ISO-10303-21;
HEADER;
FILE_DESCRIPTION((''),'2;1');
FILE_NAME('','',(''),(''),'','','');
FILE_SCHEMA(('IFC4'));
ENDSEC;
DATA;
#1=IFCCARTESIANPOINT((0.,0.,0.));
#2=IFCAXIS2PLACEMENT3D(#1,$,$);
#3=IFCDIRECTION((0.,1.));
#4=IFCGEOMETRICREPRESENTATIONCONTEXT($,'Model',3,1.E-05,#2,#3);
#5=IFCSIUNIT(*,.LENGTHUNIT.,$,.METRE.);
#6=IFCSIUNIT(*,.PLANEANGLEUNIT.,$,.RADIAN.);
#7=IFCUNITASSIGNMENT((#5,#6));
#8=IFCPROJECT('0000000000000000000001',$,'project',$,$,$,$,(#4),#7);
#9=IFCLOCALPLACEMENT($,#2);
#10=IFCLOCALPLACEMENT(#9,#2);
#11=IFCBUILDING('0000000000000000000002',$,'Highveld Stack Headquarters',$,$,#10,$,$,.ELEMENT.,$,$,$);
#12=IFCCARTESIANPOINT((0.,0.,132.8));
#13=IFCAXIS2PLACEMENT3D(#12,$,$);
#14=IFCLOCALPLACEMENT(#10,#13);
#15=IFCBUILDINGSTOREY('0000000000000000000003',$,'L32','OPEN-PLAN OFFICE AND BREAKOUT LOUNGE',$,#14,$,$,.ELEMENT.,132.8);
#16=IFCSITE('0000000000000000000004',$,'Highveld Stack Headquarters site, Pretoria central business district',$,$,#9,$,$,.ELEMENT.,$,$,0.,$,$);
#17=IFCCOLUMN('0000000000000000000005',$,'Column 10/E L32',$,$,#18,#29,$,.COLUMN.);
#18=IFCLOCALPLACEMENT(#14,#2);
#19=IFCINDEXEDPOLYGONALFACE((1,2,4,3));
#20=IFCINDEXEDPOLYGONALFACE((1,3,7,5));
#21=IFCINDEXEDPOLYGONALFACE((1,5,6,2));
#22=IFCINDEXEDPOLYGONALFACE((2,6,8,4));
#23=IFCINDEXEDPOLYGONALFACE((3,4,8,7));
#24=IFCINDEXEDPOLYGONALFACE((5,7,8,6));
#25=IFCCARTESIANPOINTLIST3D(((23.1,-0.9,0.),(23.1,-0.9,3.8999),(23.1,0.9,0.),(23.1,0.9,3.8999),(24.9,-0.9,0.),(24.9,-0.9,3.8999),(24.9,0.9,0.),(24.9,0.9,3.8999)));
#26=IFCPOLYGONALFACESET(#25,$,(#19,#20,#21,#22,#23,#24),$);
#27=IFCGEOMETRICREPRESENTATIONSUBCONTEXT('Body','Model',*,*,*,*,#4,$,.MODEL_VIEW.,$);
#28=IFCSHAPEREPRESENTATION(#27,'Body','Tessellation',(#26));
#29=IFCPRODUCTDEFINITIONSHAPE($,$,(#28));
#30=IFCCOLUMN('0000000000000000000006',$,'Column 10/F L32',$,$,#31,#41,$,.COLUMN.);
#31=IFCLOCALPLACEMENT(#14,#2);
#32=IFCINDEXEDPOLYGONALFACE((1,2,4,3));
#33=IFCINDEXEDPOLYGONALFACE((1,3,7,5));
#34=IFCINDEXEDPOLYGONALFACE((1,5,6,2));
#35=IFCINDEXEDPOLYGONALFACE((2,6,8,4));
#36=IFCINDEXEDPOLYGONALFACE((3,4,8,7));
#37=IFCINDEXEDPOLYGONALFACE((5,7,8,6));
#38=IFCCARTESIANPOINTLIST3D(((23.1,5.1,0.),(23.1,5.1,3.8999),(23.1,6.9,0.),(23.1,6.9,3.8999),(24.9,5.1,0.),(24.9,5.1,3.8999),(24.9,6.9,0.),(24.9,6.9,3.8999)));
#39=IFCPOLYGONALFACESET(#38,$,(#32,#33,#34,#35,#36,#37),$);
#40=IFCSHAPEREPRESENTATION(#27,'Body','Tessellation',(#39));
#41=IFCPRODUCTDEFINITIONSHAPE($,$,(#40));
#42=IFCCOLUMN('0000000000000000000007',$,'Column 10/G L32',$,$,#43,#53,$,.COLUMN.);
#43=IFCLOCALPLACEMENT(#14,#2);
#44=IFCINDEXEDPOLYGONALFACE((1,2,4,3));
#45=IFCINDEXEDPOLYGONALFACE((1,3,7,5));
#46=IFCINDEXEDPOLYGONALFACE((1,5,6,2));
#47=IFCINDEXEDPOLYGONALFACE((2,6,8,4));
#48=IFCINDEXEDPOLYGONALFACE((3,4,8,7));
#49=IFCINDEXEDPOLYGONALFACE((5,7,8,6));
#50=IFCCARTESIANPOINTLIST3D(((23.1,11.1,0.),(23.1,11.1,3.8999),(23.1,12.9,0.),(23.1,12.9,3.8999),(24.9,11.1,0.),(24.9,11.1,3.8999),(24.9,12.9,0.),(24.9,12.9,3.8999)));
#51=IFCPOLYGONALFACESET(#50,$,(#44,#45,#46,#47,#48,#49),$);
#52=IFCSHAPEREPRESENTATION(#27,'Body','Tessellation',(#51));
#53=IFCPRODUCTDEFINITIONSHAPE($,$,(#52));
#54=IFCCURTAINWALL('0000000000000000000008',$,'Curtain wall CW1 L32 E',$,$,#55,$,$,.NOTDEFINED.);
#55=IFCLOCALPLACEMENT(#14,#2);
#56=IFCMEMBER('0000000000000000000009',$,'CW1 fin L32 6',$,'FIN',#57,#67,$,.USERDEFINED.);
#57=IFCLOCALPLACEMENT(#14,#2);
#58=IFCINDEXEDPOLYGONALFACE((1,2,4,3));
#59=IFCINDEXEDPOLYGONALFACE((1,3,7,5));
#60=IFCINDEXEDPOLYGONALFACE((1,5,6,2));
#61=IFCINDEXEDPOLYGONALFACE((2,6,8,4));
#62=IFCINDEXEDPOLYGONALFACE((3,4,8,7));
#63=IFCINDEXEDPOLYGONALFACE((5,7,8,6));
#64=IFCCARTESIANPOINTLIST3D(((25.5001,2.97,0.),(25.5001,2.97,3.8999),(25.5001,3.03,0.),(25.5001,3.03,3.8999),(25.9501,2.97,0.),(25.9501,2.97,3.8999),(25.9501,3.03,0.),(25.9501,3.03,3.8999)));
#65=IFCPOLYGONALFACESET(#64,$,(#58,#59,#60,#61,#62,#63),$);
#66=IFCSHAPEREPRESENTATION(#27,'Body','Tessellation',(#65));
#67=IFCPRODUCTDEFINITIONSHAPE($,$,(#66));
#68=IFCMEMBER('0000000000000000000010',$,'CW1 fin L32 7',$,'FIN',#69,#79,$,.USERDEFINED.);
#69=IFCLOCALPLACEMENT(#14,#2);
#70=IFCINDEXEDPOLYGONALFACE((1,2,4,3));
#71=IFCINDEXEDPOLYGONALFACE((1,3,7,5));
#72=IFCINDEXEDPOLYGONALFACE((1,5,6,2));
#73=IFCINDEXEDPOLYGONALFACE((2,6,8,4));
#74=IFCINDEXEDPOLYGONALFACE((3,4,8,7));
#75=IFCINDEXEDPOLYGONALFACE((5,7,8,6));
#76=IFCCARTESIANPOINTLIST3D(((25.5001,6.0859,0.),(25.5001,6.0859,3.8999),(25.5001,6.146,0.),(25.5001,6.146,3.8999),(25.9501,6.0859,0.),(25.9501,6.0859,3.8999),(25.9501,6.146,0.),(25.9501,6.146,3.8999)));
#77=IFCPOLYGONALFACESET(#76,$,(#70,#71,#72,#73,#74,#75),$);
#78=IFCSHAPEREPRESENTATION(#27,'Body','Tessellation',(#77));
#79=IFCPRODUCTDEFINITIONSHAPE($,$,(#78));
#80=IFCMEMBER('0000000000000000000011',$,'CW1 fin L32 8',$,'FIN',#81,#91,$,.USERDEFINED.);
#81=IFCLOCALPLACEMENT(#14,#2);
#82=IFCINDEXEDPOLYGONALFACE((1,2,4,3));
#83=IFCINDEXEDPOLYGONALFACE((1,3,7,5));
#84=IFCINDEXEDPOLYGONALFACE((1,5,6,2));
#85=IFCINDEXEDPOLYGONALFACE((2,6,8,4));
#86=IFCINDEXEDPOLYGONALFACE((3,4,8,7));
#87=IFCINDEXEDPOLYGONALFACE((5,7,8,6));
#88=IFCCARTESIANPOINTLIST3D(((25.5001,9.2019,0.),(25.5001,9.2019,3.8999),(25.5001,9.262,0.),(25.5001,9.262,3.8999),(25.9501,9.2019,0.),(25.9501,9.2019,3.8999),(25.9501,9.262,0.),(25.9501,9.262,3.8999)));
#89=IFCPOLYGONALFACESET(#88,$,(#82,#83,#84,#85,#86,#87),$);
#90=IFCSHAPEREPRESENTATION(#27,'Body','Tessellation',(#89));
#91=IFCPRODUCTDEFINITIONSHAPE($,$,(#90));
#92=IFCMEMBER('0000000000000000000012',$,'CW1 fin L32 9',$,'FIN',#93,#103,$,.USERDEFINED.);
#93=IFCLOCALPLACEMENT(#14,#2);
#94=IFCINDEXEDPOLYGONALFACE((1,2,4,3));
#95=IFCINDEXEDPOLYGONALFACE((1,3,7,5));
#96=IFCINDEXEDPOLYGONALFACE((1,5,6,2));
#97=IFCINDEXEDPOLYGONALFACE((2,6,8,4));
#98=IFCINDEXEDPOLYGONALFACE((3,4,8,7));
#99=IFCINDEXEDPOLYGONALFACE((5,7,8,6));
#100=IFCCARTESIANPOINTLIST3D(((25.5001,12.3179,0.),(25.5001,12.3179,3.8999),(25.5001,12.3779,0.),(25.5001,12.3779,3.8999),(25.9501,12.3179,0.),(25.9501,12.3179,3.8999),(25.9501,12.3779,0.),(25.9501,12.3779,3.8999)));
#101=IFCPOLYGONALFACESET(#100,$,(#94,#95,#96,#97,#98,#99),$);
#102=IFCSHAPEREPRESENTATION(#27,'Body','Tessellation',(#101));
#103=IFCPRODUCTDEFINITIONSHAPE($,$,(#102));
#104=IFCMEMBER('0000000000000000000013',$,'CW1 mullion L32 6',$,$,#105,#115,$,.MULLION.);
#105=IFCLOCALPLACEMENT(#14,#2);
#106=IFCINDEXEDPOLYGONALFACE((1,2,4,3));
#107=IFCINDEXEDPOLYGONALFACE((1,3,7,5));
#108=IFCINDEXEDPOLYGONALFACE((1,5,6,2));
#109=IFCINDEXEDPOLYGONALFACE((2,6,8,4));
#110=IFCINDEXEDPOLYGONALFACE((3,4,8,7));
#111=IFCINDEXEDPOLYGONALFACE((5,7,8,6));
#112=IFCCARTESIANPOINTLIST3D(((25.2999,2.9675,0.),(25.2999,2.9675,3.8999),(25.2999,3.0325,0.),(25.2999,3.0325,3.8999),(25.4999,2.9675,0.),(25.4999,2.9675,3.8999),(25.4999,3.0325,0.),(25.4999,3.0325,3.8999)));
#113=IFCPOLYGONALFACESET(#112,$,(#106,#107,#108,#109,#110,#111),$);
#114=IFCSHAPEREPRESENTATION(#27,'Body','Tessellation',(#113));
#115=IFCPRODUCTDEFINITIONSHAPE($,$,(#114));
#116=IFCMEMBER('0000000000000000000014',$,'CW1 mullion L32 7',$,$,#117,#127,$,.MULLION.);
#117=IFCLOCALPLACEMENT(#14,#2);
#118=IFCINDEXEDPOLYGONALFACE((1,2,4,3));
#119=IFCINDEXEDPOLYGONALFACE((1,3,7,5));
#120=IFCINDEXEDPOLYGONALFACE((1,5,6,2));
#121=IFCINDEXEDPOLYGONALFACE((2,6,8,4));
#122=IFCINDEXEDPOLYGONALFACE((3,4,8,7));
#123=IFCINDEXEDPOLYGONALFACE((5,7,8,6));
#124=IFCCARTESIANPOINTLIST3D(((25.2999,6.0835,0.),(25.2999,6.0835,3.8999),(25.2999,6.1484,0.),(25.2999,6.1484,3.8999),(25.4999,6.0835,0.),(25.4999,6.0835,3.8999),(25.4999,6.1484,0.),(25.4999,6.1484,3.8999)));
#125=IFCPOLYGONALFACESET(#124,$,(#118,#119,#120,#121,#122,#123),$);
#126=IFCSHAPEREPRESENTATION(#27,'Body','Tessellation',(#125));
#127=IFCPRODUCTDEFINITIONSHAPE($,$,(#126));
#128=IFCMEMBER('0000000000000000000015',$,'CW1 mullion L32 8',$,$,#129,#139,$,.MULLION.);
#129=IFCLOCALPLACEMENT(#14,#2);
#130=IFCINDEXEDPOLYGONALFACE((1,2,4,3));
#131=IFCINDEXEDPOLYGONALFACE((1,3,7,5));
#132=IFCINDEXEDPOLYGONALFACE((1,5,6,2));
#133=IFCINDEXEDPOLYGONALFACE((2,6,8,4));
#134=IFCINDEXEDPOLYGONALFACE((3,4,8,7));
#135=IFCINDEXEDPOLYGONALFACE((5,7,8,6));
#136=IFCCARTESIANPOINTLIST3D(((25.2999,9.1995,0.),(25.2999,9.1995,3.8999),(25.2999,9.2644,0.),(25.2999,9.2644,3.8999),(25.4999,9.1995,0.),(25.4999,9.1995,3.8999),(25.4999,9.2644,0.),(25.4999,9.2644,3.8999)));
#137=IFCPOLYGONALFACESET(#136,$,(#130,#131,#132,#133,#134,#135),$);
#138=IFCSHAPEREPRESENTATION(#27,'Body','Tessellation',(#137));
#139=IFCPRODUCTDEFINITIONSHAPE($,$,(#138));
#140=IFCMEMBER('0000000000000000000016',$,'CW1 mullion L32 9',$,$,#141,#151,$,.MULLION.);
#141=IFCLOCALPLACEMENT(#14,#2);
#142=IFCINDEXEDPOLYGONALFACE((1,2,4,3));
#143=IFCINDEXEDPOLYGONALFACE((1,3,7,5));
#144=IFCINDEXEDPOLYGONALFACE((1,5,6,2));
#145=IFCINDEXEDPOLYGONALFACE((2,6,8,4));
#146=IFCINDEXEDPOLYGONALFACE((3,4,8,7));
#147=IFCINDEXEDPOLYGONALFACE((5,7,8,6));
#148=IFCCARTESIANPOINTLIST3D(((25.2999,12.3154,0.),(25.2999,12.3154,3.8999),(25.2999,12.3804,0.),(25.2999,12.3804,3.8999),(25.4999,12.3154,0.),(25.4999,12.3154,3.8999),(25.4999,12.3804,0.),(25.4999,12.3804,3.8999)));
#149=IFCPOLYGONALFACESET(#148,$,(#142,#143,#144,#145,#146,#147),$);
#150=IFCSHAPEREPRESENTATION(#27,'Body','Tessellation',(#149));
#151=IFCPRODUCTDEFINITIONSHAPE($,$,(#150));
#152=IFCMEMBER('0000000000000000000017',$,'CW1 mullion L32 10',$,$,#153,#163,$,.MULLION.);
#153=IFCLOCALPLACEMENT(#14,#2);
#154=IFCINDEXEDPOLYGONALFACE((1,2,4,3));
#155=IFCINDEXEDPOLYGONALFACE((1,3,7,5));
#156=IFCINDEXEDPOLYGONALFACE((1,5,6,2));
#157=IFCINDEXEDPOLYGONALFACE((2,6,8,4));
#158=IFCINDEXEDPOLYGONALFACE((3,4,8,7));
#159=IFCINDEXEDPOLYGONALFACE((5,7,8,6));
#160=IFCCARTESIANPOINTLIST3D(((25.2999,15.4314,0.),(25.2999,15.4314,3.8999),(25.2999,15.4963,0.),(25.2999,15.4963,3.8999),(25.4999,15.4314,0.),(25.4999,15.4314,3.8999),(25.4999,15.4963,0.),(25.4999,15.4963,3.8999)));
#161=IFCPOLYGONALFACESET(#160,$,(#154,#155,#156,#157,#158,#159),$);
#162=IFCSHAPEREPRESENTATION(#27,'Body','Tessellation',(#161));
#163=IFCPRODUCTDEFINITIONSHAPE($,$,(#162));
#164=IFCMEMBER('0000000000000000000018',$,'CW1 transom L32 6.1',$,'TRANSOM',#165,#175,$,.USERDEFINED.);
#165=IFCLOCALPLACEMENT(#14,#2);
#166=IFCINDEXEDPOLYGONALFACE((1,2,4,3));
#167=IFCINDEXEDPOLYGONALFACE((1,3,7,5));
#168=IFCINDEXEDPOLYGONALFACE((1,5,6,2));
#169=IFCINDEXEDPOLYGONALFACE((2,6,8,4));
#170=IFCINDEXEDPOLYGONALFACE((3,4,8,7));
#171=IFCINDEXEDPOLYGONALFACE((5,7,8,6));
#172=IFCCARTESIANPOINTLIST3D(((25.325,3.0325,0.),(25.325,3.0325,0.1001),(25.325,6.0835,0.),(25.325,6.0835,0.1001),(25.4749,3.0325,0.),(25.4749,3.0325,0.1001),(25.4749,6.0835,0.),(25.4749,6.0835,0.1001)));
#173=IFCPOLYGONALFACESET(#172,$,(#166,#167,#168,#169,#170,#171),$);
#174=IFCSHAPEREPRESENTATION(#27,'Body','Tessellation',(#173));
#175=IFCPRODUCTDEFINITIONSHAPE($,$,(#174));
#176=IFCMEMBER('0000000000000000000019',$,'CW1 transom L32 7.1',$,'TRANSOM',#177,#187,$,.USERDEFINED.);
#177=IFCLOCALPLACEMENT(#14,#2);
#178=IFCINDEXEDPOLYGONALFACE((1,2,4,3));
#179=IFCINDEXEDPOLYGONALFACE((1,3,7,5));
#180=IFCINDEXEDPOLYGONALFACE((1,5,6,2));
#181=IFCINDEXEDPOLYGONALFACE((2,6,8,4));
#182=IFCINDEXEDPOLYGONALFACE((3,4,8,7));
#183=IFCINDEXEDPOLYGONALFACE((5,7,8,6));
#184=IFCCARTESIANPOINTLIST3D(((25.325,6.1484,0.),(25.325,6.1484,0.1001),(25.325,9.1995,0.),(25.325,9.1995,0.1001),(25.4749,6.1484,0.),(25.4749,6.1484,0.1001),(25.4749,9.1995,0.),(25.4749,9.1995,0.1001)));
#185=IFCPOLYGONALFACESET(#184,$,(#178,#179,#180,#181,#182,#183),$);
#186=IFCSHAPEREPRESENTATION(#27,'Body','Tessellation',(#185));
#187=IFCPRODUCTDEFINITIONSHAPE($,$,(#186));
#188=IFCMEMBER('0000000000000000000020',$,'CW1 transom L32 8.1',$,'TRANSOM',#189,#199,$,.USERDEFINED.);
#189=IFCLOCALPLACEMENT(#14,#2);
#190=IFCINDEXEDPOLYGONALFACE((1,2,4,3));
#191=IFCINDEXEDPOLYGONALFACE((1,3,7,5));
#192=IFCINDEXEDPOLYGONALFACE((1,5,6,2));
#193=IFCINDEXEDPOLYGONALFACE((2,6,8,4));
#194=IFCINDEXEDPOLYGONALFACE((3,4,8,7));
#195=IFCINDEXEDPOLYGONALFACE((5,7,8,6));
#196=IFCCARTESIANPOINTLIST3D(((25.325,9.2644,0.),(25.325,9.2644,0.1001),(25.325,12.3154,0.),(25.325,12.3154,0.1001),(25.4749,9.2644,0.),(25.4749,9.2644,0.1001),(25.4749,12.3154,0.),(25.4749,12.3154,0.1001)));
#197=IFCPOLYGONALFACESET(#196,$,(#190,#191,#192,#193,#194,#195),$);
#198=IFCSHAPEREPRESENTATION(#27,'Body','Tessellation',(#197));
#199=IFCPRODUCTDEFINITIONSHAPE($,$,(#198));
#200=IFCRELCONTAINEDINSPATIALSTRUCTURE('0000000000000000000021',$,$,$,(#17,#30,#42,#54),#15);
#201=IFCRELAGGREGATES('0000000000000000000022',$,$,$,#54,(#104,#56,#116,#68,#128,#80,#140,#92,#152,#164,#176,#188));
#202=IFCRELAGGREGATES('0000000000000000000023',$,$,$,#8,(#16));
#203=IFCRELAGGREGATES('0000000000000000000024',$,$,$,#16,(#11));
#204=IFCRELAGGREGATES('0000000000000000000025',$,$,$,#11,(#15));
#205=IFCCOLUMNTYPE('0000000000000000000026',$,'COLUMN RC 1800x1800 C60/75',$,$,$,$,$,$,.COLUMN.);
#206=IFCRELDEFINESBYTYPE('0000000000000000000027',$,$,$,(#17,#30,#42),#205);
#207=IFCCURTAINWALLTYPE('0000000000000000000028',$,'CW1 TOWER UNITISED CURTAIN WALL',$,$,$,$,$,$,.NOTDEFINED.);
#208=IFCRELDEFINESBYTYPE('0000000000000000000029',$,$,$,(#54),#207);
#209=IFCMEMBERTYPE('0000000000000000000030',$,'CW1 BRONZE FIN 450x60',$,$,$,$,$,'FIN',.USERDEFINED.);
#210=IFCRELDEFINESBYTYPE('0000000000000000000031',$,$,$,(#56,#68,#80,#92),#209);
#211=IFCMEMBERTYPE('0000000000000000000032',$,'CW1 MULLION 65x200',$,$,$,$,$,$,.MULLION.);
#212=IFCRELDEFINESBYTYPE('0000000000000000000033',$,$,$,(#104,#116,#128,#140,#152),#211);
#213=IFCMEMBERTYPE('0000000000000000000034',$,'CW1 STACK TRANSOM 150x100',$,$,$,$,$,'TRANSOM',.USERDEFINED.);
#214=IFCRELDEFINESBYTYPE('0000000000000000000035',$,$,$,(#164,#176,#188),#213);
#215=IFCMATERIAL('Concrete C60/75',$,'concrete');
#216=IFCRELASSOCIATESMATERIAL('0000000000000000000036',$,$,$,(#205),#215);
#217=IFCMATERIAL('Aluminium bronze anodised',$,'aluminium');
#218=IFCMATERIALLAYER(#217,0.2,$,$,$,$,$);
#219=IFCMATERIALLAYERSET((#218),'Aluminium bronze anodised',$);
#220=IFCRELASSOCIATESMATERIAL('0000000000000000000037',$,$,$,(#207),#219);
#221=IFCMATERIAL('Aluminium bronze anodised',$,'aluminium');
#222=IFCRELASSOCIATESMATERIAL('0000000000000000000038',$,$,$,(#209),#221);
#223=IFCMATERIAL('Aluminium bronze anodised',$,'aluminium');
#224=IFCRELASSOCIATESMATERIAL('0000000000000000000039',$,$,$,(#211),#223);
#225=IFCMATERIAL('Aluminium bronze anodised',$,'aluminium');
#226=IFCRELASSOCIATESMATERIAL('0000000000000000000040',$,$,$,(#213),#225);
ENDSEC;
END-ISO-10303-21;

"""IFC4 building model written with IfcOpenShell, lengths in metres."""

from ifc_helpers import new_model, si_unit, direction, frame, origin, origin_2d, place, context, subcontext, project, spatial, rectangle, extrude, material, layer, layer_set, material_profile, profile_set, type_object, element, aggregate, save


model = new_model("IFC4")

# Units and contexts
model_context = context("Model", 3, precision=1e-05, world=origin(), true_north=direction((0.0, 1.0)))
body_context = subcontext(model_context, "Body", "Model", "MODEL_VIEW")
ifc_project = project(units=[si_unit("LENGTHUNIT", "METRE"), si_unit("PLANEANGLEUNIT", "RADIAN")], contexts=[model_context])

# Site, building, storey
site_placement = place(None, origin())
site = spatial("IfcSite", under=ifc_project, at=site_placement, Name="Highveld Stack Headquarters site, Pretoria central business district", CompositionType="ELEMENT", RefElevation=0.0)
building_placement = place(site_placement, origin())
building = spatial("IfcBuilding", under=site, at=building_placement, Name="Highveld Stack Headquarters", CompositionType="ELEMENT")
storey_placement = place(building_placement, frame((0.0, 0.0, 132.8)))
storey = spatial("IfcBuildingStorey", under=building, at=storey_placement, Name="L32", Description="OPEN-PLAN OFFICE AND BREAKOUT LOUNGE", CompositionType="ELEMENT", Elevation=132.8)

# Columns
ifc_material_1 = material(Name="Concrete C60/75", Category="concrete")
ifc_material_profile_1 = material_profile(ifc_material_1, rectangle(XDim=1.8, YDim=1.8, at=origin_2d()), Name="RC 1800x1800")
ifc_profile_set_1 = profile_set([ifc_material_profile_1], Name="Concrete C60/75")
column_type = type_object("IfcColumnType", Name="COLUMN RC 1800x1800 C60/75", PredefinedType="COLUMN", material=ifc_profile_set_1)
for number, where, z_axis, x_axis, name in (
    (1, (24.0, 0.0, 0.0), (0.0, 0.0, 1.0), (1.0, 0.0, 0.0), "Column 10/E L32"),
    (2, (24.0, 6.0, 0.0), (0.0, 0.0, 1.0), (1.0, 0.0, 0.0), "Column 10/F L32"),
    (3, (24.0, 12.0, 0.0), (0.0, 0.0, 1.0), (1.0, 0.0, 0.0), "Column 10/G L32"),
):
    element("IfcColumn", number, at=place(storey_placement, frame(where, z_axis=z_axis, x_axis=x_axis)), inside=storey, type_object=column_type, Name=name, PredefinedType="COLUMN", context=body_context, shape_type="SweptSolid", body=[
        extrude(rectangle(XDim=1.8, YDim=1.8, at=origin_2d()), origin(), (0.0, 0.0, 1.0), 3.8999),
    ])

# Curtain wall, members
ifc_material_2 = material(Name="Aluminium bronze anodised", Category="aluminium")
ifc_layer_1 = layer(ifc_material_2, 0.2)
ifc_layer_set_1 = layer_set([ifc_layer_1], Name="Aluminium bronze anodised")
curtain_wall_type = type_object("IfcCurtainWallType", Name="CW1 TOWER UNITISED CURTAIN WALL", PredefinedType="NOTDEFINED", material=ifc_layer_set_1)
curtain_wall_placement = place(storey_placement, origin())
curtain_wall = element("IfcCurtainWall", 4, at=curtain_wall_placement, inside=storey, type_object=curtain_wall_type, Name="Curtain wall CW1 L32 E", PredefinedType="NOTDEFINED")
ifc_material_3 = material(Name="Aluminium bronze anodised", Category="aluminium")
ifc_material_profile_2 = material_profile(ifc_material_3, rectangle(XDim=0.45, YDim=0.0601, at=origin_2d()), Name="FIN 450x60")
ifc_profile_set_2 = profile_set([ifc_material_profile_2], Name="Aluminium bronze anodised")
member_type_1 = type_object("IfcMemberType", Name="CW1 BRONZE FIN 450x60", ElementType="FIN", PredefinedType="USERDEFINED", material=ifc_profile_set_2)
member_1_placement = place(storey_placement, frame((25.7251, 3.0, 0.0), z_axis=(0.0, 0.0, 1.0), x_axis=(-1.0, 0.0, 0.0)))
member_1 = element("IfcMember", 5, at=member_1_placement, type_object=member_type_1, Name="CW1 fin L32 6", ObjectType="FIN", PredefinedType="USERDEFINED", context=body_context, shape_type="SweptSolid", body=[
    extrude(rectangle(XDim=0.45, YDim=0.0601, at=origin_2d()), origin(), (0.0, 0.0, 1.0), 3.8999),
])
member_2_placement = place(storey_placement, frame((25.7251, 6.116, 0.0), z_axis=(0.0, 0.0, 1.0), x_axis=(-1.0, 0.0, 0.0)))
member_2 = element("IfcMember", 6, at=member_2_placement, type_object=member_type_1, Name="CW1 fin L32 7", ObjectType="FIN", PredefinedType="USERDEFINED", context=body_context, shape_type="SweptSolid", body=[
    extrude(rectangle(XDim=0.45, YDim=0.0601, at=origin_2d()), origin(), (0.0, 0.0, 1.0), 3.8999),
])
member_3_placement = place(storey_placement, frame((25.7251, 9.2319, 0.0), z_axis=(0.0, 0.0, 1.0), x_axis=(-1.0, 0.0, 0.0)))
member_3 = element("IfcMember", 7, at=member_3_placement, type_object=member_type_1, Name="CW1 fin L32 8", ObjectType="FIN", PredefinedType="USERDEFINED", context=body_context, shape_type="SweptSolid", body=[
    extrude(rectangle(XDim=0.45, YDim=0.0601, at=origin_2d()), origin(), (0.0, 0.0, 1.0), 3.8999),
])
member_4_placement = place(storey_placement, frame((25.7251, 12.3479, 0.0), z_axis=(0.0, 0.0, 1.0), x_axis=(-1.0, 0.0, 0.0)))
member_4 = element("IfcMember", 8, at=member_4_placement, type_object=member_type_1, Name="CW1 fin L32 9", ObjectType="FIN", PredefinedType="USERDEFINED", context=body_context, shape_type="SweptSolid", body=[
    extrude(rectangle(XDim=0.45, YDim=0.0601, at=origin_2d()), origin(), (0.0, 0.0, 1.0), 3.8999),
])
ifc_material_4 = material(Name="Aluminium bronze anodised", Category="aluminium")
ifc_material_profile_3 = material_profile(ifc_material_4, rectangle(XDim=0.2, YDim=0.0649, at=origin_2d()), Name="CW1 MULLION 65x200")
ifc_profile_set_3 = profile_set([ifc_material_profile_3], Name="Aluminium bronze anodised")
member_type_2 = type_object("IfcMemberType", Name="CW1 MULLION 65x200", PredefinedType="MULLION", material=ifc_profile_set_3)
member_5_placement = place(storey_placement, frame((25.3999, 3.0, 0.0), z_axis=(0.0, 0.0, 1.0), x_axis=(-1.0, 0.0, 0.0)))
member_5 = element("IfcMember", 9, at=member_5_placement, type_object=member_type_2, Name="CW1 mullion L32 6", PredefinedType="MULLION", context=body_context, shape_type="SweptSolid", body=[
    extrude(rectangle(XDim=0.2, YDim=0.0649, at=origin_2d()), origin(), (0.0, 0.0, 1.0), 3.8999),
])
member_6_placement = place(storey_placement, frame((25.3999, 6.116, 0.0), z_axis=(0.0, 0.0, 1.0), x_axis=(-1.0, 0.0, 0.0)))
member_6 = element("IfcMember", 10, at=member_6_placement, type_object=member_type_2, Name="CW1 mullion L32 7", PredefinedType="MULLION", context=body_context, shape_type="SweptSolid", body=[
    extrude(rectangle(XDim=0.2, YDim=0.0649, at=origin_2d()), origin(), (0.0, 0.0, 1.0), 3.8999),
])
member_7_placement = place(storey_placement, frame((25.3999, 9.2319, 0.0), z_axis=(0.0, 0.0, 1.0), x_axis=(-1.0, 0.0, 0.0)))
member_7 = element("IfcMember", 11, at=member_7_placement, type_object=member_type_2, Name="CW1 mullion L32 8", PredefinedType="MULLION", context=body_context, shape_type="SweptSolid", body=[
    extrude(rectangle(XDim=0.2, YDim=0.0649, at=origin_2d()), origin(), (0.0, 0.0, 1.0), 3.8999),
])
member_8_placement = place(storey_placement, frame((25.3999, 12.3479, 0.0), z_axis=(0.0, 0.0, 1.0), x_axis=(-1.0, 0.0, 0.0)))
member_8 = element("IfcMember", 12, at=member_8_placement, type_object=member_type_2, Name="CW1 mullion L32 9", PredefinedType="MULLION", context=body_context, shape_type="SweptSolid", body=[
    extrude(rectangle(XDim=0.2, YDim=0.0649, at=origin_2d()), origin(), (0.0, 0.0, 1.0), 3.8999),
])
member_9_placement = place(storey_placement, frame((25.3999, 15.4639, 0.0), z_axis=(0.0, 0.0, 1.0), x_axis=(-1.0, 0.0, 0.0)))
member_9 = element("IfcMember", 13, at=member_9_placement, type_object=member_type_2, Name="CW1 mullion L32 10", PredefinedType="MULLION", context=body_context, shape_type="SweptSolid", body=[
    extrude(rectangle(XDim=0.2, YDim=0.0649, at=origin_2d()), origin(), (0.0, 0.0, 1.0), 3.8999),
])
ifc_material_5 = material(Name="Aluminium bronze anodised", Category="aluminium")
ifc_material_profile_4 = material_profile(ifc_material_5, rectangle(XDim=0.1499, YDim=0.1001, at=origin_2d()), Name="CW1 TRANSOM 150x100")
ifc_profile_set_4 = profile_set([ifc_material_profile_4], Name="Aluminium bronze anodised")
member_type_3 = type_object("IfcMemberType", Name="CW1 STACK TRANSOM 150x100", ElementType="TRANSOM", PredefinedType="USERDEFINED", material=ifc_profile_set_4)
member_10_placement = place(storey_placement, frame((25.3999, 3.0325, 0.05), z_axis=(0.0, 1.0, 0.0), x_axis=(-1.0, 0.0, 0.0)))
member_10 = element("IfcMember", 14, at=member_10_placement, type_object=member_type_3, Name="CW1 transom L32 6.1", ObjectType="TRANSOM", PredefinedType="USERDEFINED", context=body_context, shape_type="SweptSolid", body=[
    extrude(rectangle(XDim=0.1499, YDim=0.1001, at=origin_2d()), origin(), (0.0, 0.0, 1.0), 3.051),
])
member_11_placement = place(storey_placement, frame((25.3999, 6.1484, 0.05), z_axis=(0.0, 1.0, 0.0), x_axis=(-1.0, 0.0, 0.0)))
member_11 = element("IfcMember", 15, at=member_11_placement, type_object=member_type_3, Name="CW1 transom L32 7.1", ObjectType="TRANSOM", PredefinedType="USERDEFINED", context=body_context, shape_type="SweptSolid", body=[
    extrude(rectangle(XDim=0.1499, YDim=0.1001, at=origin_2d()), origin(), (0.0, 0.0, 1.0), 3.051),
])
member_12_placement = place(storey_placement, frame((25.3999, 9.2644, 0.05), z_axis=(0.0, 1.0, 0.0), x_axis=(-1.0, 0.0, 0.0)))
member_12 = element("IfcMember", 16, at=member_12_placement, type_object=member_type_3, Name="CW1 transom L32 8.1", ObjectType="TRANSOM", PredefinedType="USERDEFINED", context=body_context, shape_type="SweptSolid", body=[
    extrude(rectangle(XDim=0.1499, YDim=0.1001, at=origin_2d()), origin(), (0.0, 0.0, 1.0), 3.051),
])
aggregate(curtain_wall, [member_5, member_1, member_6, member_2, member_7, member_3, member_8, member_4, member_9, member_10, member_11, member_12])

save(model, "model.ifc")
